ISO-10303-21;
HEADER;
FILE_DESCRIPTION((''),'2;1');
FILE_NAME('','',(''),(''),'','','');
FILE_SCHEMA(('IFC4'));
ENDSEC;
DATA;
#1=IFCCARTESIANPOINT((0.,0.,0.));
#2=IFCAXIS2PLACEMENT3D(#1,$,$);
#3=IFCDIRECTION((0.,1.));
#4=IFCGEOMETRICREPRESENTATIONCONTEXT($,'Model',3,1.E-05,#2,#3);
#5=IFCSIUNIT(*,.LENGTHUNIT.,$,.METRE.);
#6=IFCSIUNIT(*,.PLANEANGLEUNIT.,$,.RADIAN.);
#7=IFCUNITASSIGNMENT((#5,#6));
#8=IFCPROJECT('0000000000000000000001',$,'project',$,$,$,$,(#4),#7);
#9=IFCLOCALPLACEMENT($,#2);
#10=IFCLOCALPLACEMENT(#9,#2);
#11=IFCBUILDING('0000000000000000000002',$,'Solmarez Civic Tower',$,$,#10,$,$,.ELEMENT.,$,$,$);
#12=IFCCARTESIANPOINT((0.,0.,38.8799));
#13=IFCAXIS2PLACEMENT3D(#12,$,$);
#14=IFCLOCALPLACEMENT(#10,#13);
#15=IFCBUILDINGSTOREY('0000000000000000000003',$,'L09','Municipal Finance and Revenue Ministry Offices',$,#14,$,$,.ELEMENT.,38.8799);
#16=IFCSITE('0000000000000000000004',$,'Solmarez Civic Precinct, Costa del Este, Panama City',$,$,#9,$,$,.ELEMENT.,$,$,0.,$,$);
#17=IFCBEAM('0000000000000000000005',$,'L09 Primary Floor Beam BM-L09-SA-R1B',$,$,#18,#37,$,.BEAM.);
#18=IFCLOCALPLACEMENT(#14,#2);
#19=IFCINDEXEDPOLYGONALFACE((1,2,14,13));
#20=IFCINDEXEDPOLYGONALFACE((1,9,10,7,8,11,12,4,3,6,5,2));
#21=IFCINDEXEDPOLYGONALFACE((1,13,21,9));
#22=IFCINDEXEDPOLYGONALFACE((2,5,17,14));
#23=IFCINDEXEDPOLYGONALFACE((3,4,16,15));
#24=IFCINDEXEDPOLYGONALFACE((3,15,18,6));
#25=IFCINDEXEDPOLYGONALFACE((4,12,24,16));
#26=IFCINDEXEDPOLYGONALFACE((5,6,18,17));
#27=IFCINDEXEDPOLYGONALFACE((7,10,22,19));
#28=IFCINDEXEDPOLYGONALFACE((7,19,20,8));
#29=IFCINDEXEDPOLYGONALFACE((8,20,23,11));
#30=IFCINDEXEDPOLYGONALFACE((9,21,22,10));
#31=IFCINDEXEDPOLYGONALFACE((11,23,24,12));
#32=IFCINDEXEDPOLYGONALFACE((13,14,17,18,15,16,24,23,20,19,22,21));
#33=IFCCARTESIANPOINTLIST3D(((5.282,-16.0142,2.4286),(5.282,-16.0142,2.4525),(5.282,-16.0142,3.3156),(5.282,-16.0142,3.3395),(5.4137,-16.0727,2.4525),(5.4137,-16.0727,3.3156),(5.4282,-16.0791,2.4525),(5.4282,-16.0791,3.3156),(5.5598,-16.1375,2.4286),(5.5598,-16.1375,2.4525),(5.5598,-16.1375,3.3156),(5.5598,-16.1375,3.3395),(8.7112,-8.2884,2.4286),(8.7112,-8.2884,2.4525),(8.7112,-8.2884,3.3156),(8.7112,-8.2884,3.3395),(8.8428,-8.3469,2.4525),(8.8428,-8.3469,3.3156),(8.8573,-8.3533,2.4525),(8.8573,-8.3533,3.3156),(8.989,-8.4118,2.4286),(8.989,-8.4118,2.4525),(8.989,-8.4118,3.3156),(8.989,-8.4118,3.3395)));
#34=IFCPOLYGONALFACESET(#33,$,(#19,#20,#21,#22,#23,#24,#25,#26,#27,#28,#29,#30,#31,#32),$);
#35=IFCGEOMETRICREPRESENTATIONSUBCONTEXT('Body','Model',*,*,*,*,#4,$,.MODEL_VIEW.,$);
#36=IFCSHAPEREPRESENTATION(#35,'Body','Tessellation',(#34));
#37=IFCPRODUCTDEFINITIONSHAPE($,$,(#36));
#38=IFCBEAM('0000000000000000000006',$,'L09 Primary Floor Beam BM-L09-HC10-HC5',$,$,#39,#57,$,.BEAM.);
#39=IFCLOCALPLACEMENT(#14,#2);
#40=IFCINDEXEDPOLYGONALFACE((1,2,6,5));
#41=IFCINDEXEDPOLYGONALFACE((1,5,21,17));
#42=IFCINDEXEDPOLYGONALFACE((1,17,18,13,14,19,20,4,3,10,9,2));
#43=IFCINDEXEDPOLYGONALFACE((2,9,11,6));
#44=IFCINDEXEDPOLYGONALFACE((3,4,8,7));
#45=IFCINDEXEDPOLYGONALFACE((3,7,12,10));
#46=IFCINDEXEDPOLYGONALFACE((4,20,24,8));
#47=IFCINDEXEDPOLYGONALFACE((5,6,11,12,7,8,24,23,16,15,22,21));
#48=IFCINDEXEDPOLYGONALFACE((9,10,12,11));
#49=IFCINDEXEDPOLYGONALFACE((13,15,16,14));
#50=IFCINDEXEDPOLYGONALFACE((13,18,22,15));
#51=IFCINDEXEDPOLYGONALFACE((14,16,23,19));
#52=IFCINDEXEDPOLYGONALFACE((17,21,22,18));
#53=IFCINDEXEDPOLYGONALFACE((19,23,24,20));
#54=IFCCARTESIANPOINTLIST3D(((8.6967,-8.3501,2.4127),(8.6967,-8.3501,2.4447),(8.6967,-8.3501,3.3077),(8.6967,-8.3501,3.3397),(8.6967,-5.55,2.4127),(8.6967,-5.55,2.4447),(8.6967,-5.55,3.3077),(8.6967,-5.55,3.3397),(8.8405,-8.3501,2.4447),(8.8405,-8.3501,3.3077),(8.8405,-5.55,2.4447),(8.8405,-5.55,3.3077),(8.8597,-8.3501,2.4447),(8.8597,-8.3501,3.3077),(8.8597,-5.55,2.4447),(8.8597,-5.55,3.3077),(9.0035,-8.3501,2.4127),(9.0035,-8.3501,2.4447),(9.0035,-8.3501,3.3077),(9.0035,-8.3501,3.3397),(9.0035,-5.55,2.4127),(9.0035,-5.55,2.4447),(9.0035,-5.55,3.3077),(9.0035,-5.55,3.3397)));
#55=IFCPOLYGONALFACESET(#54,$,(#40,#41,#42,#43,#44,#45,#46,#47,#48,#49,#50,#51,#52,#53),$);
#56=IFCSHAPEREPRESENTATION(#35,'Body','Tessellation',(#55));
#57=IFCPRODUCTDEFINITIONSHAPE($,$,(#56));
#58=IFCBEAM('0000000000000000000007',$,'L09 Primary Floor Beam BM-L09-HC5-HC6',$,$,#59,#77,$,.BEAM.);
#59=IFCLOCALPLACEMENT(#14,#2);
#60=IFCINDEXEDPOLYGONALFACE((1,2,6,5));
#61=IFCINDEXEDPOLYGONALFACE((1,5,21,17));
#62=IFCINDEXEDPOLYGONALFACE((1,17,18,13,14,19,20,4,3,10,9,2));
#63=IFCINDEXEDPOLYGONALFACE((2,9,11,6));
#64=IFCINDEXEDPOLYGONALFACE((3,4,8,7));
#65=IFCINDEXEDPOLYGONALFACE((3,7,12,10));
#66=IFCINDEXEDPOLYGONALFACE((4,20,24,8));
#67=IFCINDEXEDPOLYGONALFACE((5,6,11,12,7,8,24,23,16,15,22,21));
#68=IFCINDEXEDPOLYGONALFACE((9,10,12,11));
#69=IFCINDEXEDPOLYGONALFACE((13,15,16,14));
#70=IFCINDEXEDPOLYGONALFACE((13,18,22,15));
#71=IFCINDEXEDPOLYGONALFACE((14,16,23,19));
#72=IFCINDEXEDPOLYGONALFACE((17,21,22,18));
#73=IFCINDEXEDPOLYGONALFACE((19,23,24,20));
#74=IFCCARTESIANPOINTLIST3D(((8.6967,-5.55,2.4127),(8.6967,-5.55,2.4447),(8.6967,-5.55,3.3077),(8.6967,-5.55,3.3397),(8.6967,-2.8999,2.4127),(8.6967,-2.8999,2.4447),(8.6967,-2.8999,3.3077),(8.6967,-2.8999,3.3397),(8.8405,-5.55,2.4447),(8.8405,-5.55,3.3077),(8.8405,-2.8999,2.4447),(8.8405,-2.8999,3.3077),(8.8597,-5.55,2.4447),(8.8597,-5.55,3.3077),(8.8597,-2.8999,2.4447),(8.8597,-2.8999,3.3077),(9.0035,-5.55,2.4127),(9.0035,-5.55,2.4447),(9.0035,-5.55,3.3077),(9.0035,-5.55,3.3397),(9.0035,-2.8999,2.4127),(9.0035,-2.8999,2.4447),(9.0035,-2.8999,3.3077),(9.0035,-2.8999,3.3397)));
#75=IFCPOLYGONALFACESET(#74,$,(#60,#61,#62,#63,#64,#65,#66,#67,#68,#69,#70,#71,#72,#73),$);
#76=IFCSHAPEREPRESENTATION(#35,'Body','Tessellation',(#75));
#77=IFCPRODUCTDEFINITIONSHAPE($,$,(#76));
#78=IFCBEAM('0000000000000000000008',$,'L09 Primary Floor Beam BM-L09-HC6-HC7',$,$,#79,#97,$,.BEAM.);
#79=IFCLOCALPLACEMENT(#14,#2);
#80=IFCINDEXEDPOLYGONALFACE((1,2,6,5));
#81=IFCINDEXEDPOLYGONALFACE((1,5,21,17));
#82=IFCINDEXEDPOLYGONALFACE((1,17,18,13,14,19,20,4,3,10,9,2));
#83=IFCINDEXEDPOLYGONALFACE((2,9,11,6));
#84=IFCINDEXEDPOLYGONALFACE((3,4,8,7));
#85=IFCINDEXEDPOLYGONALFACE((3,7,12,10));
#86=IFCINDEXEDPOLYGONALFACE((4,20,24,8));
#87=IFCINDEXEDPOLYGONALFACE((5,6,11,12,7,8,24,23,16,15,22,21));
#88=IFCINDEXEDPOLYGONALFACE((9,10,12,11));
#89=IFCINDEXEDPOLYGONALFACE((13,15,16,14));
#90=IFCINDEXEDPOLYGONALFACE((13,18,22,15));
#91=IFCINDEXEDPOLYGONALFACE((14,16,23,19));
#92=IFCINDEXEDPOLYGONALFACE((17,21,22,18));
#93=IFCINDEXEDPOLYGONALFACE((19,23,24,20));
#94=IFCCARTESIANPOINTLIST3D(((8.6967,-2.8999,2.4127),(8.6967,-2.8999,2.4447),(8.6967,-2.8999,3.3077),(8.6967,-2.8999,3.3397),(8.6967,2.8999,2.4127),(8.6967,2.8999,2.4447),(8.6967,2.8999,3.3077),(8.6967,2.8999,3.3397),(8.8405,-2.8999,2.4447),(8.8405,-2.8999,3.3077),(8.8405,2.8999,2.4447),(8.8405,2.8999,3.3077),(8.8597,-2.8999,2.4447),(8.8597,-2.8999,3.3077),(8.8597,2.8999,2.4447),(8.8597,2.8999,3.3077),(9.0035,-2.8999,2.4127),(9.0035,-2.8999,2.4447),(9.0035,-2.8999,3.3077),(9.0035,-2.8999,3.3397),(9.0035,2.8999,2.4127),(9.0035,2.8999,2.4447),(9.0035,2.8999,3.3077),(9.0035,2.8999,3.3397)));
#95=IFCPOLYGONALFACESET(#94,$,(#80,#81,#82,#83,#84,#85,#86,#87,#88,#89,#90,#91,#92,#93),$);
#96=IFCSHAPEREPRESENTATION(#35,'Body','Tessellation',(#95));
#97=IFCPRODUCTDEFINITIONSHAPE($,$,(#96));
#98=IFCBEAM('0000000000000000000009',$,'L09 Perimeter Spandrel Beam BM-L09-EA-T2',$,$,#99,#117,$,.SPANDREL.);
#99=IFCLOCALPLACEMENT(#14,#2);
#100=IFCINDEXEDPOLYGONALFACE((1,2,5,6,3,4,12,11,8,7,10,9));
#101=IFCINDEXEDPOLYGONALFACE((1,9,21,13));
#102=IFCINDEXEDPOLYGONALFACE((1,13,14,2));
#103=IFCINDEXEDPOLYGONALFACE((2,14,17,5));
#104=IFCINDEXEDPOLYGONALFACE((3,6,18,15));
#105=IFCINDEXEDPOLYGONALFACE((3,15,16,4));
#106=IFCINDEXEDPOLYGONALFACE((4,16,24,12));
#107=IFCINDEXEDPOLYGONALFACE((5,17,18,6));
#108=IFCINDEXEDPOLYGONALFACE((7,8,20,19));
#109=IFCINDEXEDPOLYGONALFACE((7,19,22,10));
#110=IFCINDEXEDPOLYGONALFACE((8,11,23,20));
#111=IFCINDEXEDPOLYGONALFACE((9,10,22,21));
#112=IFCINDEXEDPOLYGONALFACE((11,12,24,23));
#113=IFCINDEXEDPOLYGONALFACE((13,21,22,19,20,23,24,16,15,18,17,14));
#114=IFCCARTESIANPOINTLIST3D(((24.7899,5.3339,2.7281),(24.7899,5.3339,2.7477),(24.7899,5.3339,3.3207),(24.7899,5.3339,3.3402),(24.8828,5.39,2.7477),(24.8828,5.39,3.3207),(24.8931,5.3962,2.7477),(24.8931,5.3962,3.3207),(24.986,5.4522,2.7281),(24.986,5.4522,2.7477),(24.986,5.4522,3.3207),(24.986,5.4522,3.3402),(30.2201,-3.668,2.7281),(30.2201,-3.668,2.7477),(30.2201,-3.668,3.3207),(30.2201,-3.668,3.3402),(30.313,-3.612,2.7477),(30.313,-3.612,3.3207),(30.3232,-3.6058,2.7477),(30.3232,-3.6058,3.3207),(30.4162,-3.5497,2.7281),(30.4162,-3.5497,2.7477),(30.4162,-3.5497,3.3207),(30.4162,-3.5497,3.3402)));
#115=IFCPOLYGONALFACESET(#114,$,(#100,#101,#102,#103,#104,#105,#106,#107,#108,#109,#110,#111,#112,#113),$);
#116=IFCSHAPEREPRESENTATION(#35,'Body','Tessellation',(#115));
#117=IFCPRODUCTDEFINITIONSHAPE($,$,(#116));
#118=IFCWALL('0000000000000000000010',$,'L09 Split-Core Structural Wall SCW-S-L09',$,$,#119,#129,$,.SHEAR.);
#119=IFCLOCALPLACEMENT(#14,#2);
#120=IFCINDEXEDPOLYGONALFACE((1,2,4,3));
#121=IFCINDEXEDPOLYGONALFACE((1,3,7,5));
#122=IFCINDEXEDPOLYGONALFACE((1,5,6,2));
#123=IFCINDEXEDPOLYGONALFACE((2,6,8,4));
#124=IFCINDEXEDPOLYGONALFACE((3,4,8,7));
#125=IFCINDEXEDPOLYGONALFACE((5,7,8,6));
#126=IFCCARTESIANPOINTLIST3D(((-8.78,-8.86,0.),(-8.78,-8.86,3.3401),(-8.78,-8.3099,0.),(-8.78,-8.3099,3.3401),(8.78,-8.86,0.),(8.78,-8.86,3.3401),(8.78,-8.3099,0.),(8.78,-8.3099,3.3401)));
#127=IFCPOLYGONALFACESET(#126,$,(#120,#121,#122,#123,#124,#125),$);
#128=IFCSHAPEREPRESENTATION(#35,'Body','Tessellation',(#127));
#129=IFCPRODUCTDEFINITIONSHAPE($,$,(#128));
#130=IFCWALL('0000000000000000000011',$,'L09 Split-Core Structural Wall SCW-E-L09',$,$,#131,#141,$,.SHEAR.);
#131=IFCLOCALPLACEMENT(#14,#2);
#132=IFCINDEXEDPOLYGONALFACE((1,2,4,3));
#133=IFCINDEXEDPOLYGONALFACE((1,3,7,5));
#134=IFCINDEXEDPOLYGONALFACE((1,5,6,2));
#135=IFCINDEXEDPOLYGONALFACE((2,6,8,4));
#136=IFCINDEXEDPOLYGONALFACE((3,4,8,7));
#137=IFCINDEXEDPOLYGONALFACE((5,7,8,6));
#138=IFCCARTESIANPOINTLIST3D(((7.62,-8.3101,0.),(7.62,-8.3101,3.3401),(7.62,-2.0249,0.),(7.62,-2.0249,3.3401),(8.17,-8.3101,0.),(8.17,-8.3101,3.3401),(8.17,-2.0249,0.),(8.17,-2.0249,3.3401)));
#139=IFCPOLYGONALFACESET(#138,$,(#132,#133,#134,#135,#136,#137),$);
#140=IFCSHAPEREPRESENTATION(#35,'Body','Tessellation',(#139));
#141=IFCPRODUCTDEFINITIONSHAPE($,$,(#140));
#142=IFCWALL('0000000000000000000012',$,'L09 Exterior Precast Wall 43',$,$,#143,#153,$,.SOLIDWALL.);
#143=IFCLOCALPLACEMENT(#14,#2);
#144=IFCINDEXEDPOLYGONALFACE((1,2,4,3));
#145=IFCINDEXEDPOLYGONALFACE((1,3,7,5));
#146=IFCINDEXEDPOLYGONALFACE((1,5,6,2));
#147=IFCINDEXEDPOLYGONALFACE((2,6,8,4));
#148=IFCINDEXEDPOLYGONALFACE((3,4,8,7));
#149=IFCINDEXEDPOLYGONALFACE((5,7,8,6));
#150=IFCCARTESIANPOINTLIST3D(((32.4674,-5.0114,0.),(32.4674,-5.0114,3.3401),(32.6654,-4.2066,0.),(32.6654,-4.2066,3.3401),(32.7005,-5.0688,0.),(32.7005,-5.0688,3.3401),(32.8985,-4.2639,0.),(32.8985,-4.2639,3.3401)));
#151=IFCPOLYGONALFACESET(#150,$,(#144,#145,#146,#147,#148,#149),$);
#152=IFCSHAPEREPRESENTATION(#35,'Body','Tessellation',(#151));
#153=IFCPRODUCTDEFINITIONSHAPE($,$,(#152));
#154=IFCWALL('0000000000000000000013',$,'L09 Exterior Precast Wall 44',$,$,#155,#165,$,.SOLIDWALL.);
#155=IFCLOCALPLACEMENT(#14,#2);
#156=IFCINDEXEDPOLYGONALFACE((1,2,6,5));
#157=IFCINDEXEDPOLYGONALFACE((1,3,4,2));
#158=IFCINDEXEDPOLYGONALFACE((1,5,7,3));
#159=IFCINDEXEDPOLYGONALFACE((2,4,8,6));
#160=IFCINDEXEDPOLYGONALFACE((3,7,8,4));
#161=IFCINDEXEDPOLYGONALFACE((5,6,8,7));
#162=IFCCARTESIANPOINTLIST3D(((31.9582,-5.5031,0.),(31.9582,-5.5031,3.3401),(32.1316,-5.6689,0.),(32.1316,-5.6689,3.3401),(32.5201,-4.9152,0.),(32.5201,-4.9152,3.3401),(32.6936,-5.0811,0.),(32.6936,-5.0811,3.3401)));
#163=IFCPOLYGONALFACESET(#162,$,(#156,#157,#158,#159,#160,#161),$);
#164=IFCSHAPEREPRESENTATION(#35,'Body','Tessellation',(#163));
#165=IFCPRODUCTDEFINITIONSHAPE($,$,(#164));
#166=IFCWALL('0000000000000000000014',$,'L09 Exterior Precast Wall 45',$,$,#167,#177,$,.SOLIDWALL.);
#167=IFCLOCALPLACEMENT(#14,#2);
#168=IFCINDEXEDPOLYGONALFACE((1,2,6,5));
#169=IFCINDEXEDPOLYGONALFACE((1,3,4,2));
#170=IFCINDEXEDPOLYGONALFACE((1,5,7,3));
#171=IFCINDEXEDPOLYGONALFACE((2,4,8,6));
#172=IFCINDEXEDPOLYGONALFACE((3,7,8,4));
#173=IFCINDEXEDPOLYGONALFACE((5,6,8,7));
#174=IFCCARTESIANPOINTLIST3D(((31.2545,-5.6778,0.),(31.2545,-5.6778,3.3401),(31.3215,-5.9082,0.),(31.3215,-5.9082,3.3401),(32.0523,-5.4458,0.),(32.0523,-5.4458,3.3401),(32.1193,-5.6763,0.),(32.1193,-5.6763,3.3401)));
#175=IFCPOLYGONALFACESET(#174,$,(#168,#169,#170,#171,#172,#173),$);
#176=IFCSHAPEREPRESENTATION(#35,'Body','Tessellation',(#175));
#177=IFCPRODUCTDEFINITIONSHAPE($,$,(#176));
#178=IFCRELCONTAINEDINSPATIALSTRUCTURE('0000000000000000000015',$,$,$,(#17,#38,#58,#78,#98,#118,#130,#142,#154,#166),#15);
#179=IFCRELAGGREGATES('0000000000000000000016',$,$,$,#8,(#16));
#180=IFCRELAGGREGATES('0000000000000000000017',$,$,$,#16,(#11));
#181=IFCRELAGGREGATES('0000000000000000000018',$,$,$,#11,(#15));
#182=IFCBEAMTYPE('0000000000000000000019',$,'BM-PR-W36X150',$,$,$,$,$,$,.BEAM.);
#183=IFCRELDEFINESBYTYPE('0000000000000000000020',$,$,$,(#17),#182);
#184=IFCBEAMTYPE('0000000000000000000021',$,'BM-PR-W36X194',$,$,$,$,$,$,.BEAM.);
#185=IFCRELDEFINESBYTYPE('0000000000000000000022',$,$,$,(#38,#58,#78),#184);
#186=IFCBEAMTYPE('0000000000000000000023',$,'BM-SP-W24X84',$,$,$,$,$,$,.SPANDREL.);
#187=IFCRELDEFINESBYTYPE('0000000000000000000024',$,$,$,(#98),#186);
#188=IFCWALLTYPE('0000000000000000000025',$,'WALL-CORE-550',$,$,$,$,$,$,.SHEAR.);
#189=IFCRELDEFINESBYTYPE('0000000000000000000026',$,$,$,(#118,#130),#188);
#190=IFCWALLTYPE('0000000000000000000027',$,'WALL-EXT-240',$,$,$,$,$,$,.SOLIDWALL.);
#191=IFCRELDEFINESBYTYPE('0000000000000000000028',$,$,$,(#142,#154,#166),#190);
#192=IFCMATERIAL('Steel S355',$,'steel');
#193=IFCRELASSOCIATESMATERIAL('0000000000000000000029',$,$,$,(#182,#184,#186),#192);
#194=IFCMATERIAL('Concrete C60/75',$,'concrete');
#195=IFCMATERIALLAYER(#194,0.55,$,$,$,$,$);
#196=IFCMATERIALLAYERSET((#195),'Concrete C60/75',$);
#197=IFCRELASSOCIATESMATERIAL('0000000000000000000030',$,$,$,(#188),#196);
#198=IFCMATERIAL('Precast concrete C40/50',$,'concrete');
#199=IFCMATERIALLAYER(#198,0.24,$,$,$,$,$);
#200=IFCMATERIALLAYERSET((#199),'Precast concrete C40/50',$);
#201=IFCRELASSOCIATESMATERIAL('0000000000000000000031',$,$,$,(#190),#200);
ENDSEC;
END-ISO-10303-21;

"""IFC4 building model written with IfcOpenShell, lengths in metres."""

from ifc_helpers import new_model, si_unit, direction, frame, frame_2d, origin, origin_2d, place, context, subcontext, project, spatial, rectangle, i_section, extrude, material, layer, layer_set, material_profile, profile_set, type_object, element, save


model = new_model("IFC4")

# Units and contexts
model_context = context("Model", 3, precision=1e-05, world=origin(), true_north=direction((0.0, 1.0)))
body_context = subcontext(model_context, "Body", "Model", "MODEL_VIEW")
ifc_project = project(units=[si_unit("LENGTHUNIT", "METRE"), si_unit("PLANEANGLEUNIT", "RADIAN")], contexts=[model_context])

# Site, building, storey
site_placement = place(None, origin())
site = spatial("IfcSite", under=ifc_project, at=site_placement, Name="Solmarez Civic Precinct, Costa del Este, Panama City", CompositionType="ELEMENT", RefElevation=0.0)
building_placement = place(site_placement, origin())
building = spatial("IfcBuilding", under=site, at=building_placement, Name="Solmarez Civic Tower", CompositionType="ELEMENT")
storey_placement = place(building_placement, frame((0.0, 0.0, 38.8799)))
storey = spatial("IfcBuildingStorey", under=building, at=storey_placement, Name="L09", Description="Municipal Finance and Revenue Ministry Offices", CompositionType="ELEMENT", Elevation=38.8799)

# Shared definitions
ifc_material_1 = material(Name="Concrete C60/75", Category="concrete")

# Beams
ifc_material_2 = material(Name="Steel S355", Category="steel")
ifc_material_profile_1 = material_profile(ifc_material_2, i_section(OverallWidth=0.304, OverallDepth=0.9109, WebThickness=0.0159, FlangeThickness=0.0239, at=origin_2d()), Name="W36X150")
ifc_profile_set_1 = profile_set([ifc_material_profile_1], Name="Steel S355")
beam_type_1 = type_object("IfcBeamType", Name="BM-PR-W36X150", PredefinedType="BEAM", material=ifc_profile_set_1)
beam_1_placement = place(storey_placement, frame((8.8501, -8.3501, 2.884), z_axis=(-0.405694, -0.914009, 0.0), x_axis=(0.914009, -0.405694, 0.0)))
element("IfcBeam", 1, at=beam_1_placement, inside=storey, type_object=beam_type_1, Name="L09 Primary Floor Beam BM-L09-SA-R1B", PredefinedType="BEAM", context=body_context, shape_type="SweptSolid", body=[
    extrude(i_section(OverallWidth=0.304, OverallDepth=0.9109, WebThickness=0.0159, FlangeThickness=0.0239, at=origin_2d()), origin(), (0.0, 0.0, 1.0), 8.4526),
])
ifc_material_profile_2 = material_profile(ifc_material_2, i_section(OverallWidth=0.3069, OverallDepth=0.927, WebThickness=0.0193, FlangeThickness=0.032, at=origin_2d()), Name="W36X194")
ifc_profile_set_2 = profile_set([ifc_material_profile_2], Name="Steel S355")
beam_type_2 = type_object("IfcBeamType", Name="BM-PR-W36X194", PredefinedType="BEAM", material=ifc_profile_set_2)
beam_2_placement = place(storey_placement, frame((8.8501, -8.3501, 2.8762), z_axis=(0.0, 1.0, 0.0), x_axis=(-1.0, 0.0, 0.0)))
element("IfcBeam", 2, at=beam_2_placement, inside=storey, type_object=beam_type_2, Name="L09 Primary Floor Beam BM-L09-HC10-HC5", PredefinedType="BEAM", context=body_context, shape_type="SweptSolid", body=[
    extrude(i_section(OverallWidth=0.3069, OverallDepth=0.927, WebThickness=0.0193, FlangeThickness=0.032, at=origin_2d()), origin(), (0.0, 0.0, 1.0), 2.8),
])
beam_3_placement = place(storey_placement, frame((8.8501, -5.55, 2.8762), z_axis=(0.0, 1.0, 0.0), x_axis=(-1.0, 0.0, 0.0)))
element("IfcBeam", 3, at=beam_3_placement, inside=storey, type_object=beam_type_2, Name="L09 Primary Floor Beam BM-L09-HC5-HC6", PredefinedType="BEAM", context=body_context, shape_type="SweptSolid", body=[
    extrude(i_section(OverallWidth=0.3069, OverallDepth=0.927, WebThickness=0.0193, FlangeThickness=0.032, at=origin_2d()), origin(), (0.0, 0.0, 1.0), 2.6501),
])
beam_4_placement = place(storey_placement, frame((8.8501, -2.8999, 2.8762), z_axis=(0.0, 1.0, 0.0), x_axis=(-1.0, 0.0, 0.0)))
element("IfcBeam", 4, at=beam_4_placement, inside=storey, type_object=beam_type_2, Name="L09 Primary Floor Beam BM-L09-HC6-HC7", PredefinedType="BEAM", context=body_context, shape_type="SweptSolid", body=[
    extrude(i_section(OverallWidth=0.3069, OverallDepth=0.927, WebThickness=0.0193, FlangeThickness=0.032, at=origin_2d()), origin(), (0.0, 0.0, 1.0), 5.7998),
])
ifc_material_profile_3 = material_profile(ifc_material_2, i_section(OverallWidth=0.229, OverallDepth=0.6121, WebThickness=0.012, FlangeThickness=0.0195, at=origin_2d()), Name="W24X84")
ifc_profile_set_3 = profile_set([ifc_material_profile_3], Name="Steel S355")
beam_type_3 = type_object("IfcBeamType", Name="BM-SP-W24X84", PredefinedType="SPANDREL", material=ifc_profile_set_3)
beam_5_placement = place(storey_placement, frame((30.3181, -3.6089, 3.0342), z_axis=(-0.516523, 0.856273, 0.0), x_axis=(-0.856273, -0.516523, 0.0)))
element("IfcBeam", 5, at=beam_5_placement, inside=storey, type_object=beam_type_3, Name="L09 Perimeter Spandrel Beam BM-L09-EA-T2", PredefinedType="SPANDREL", context=body_context, shape_type="SweptSolid", body=[
    extrude(i_section(OverallWidth=0.229, OverallDepth=0.6121, WebThickness=0.012, FlangeThickness=0.0195, at=origin_2d()), origin(), (0.0, 0.0, 1.0), 10.5129),
])

# Walls
ifc_layer_1 = layer(ifc_material_1, 0.55)
ifc_layer_set_1 = layer_set([ifc_layer_1], Name="Concrete C60/75")
wall_type_1 = type_object("IfcWallType", Name="WALL-CORE-550", PredefinedType="SHEAR", material=ifc_layer_set_1)
wall_1_placement = place(storey_placement, frame((8.78, -8.585, 0.0), z_axis=(0.0, 0.0, 1.0), x_axis=(-1.0, 0.0, 0.0)))
element("IfcWall", 6, at=wall_1_placement, inside=storey, type_object=wall_type_1, Name="L09 Split-Core Structural Wall SCW-S-L09", PredefinedType="SHEAR", context=body_context, shape_type="SweptSolid", body=[
    extrude(rectangle(XDim=17.5601, YDim=0.55, at=frame_2d((8.78, 0.0))), origin(), (0.0, 0.0, 1.0), 3.3401),
])
wall_2_placement = place(storey_placement, frame((7.895, -2.0249, 0.0), z_axis=(0.0, 0.0, 1.0), x_axis=(0.0, -1.0, 0.0)))
element("IfcWall", 7, at=wall_2_placement, inside=storey, type_object=wall_type_1, Name="L09 Split-Core Structural Wall SCW-E-L09", PredefinedType="SHEAR", context=body_context, shape_type="SweptSolid", body=[
    extrude(rectangle(XDim=6.2852, YDim=0.55, at=frame_2d((3.1426, 0.0))), origin(), (0.0, 0.0, 1.0), 3.3401),
])
ifc_material_3 = material(Name="Precast concrete C40/50", Category="concrete")
ifc_layer_2 = layer(ifc_material_3, 0.24)
ifc_layer_set_2 = layer_set([ifc_layer_2], Name="Precast concrete C40/50")
wall_type_2 = type_object("IfcWallType", Name="WALL-EXT-240", PredefinedType="SOLIDWALL", material=ifc_layer_set_2)
wall_3_placement = place(storey_placement, frame((32.782, -4.2351, 0.0), z_axis=(0.0, 0.0, 1.0), x_axis=(-0.238861, -0.971054, 0.0)))
element("IfcWall", 8, at=wall_3_placement, inside=storey, type_object=wall_type_2, Name="L09 Exterior Precast Wall 43", PredefinedType="SOLIDWALL", context=body_context, shape_type="SweptSolid", body=[
    extrude(rectangle(XDim=0.8289, YDim=0.24, at=frame_2d((0.4146, 0.0))), origin(), (0.0, 0.0, 1.0), 3.3401),
])
wall_4_placement = place(storey_placement, frame((32.6069, -4.998, 0.0), z_axis=(0.0, 0.0, 1.0), x_axis=(-0.691018, -0.722837, 0.0)))
element("IfcWall", 9, at=wall_4_placement, inside=storey, type_object=wall_type_2, Name="L09 Exterior Precast Wall 44", PredefinedType="SOLIDWALL", context=body_context, shape_type="SweptSolid", body=[
    extrude(rectangle(XDim=0.8132, YDim=0.24, at=frame_2d((0.4067, 0.0))), origin(), (0.0, 0.0, 1.0), 3.3401),
])
wall_5_placement = place(storey_placement, frame((32.0859, -5.561, 0.0), z_axis=(0.0, 0.0, 1.0), x_axis=(-0.96025, -0.279142, 0.0)))
element("IfcWall", 10, at=wall_5_placement, inside=storey, type_object=wall_type_2, Name="L09 Exterior Precast Wall 45", PredefinedType="SOLIDWALL", context=body_context, shape_type="SweptSolid", body=[
    extrude(rectangle(XDim=0.8308, YDim=0.24, at=frame_2d((0.4155, 0.0))), origin(), (0.0, 0.0, 1.0), 3.3401),
])

save(model, "model.ifc")
